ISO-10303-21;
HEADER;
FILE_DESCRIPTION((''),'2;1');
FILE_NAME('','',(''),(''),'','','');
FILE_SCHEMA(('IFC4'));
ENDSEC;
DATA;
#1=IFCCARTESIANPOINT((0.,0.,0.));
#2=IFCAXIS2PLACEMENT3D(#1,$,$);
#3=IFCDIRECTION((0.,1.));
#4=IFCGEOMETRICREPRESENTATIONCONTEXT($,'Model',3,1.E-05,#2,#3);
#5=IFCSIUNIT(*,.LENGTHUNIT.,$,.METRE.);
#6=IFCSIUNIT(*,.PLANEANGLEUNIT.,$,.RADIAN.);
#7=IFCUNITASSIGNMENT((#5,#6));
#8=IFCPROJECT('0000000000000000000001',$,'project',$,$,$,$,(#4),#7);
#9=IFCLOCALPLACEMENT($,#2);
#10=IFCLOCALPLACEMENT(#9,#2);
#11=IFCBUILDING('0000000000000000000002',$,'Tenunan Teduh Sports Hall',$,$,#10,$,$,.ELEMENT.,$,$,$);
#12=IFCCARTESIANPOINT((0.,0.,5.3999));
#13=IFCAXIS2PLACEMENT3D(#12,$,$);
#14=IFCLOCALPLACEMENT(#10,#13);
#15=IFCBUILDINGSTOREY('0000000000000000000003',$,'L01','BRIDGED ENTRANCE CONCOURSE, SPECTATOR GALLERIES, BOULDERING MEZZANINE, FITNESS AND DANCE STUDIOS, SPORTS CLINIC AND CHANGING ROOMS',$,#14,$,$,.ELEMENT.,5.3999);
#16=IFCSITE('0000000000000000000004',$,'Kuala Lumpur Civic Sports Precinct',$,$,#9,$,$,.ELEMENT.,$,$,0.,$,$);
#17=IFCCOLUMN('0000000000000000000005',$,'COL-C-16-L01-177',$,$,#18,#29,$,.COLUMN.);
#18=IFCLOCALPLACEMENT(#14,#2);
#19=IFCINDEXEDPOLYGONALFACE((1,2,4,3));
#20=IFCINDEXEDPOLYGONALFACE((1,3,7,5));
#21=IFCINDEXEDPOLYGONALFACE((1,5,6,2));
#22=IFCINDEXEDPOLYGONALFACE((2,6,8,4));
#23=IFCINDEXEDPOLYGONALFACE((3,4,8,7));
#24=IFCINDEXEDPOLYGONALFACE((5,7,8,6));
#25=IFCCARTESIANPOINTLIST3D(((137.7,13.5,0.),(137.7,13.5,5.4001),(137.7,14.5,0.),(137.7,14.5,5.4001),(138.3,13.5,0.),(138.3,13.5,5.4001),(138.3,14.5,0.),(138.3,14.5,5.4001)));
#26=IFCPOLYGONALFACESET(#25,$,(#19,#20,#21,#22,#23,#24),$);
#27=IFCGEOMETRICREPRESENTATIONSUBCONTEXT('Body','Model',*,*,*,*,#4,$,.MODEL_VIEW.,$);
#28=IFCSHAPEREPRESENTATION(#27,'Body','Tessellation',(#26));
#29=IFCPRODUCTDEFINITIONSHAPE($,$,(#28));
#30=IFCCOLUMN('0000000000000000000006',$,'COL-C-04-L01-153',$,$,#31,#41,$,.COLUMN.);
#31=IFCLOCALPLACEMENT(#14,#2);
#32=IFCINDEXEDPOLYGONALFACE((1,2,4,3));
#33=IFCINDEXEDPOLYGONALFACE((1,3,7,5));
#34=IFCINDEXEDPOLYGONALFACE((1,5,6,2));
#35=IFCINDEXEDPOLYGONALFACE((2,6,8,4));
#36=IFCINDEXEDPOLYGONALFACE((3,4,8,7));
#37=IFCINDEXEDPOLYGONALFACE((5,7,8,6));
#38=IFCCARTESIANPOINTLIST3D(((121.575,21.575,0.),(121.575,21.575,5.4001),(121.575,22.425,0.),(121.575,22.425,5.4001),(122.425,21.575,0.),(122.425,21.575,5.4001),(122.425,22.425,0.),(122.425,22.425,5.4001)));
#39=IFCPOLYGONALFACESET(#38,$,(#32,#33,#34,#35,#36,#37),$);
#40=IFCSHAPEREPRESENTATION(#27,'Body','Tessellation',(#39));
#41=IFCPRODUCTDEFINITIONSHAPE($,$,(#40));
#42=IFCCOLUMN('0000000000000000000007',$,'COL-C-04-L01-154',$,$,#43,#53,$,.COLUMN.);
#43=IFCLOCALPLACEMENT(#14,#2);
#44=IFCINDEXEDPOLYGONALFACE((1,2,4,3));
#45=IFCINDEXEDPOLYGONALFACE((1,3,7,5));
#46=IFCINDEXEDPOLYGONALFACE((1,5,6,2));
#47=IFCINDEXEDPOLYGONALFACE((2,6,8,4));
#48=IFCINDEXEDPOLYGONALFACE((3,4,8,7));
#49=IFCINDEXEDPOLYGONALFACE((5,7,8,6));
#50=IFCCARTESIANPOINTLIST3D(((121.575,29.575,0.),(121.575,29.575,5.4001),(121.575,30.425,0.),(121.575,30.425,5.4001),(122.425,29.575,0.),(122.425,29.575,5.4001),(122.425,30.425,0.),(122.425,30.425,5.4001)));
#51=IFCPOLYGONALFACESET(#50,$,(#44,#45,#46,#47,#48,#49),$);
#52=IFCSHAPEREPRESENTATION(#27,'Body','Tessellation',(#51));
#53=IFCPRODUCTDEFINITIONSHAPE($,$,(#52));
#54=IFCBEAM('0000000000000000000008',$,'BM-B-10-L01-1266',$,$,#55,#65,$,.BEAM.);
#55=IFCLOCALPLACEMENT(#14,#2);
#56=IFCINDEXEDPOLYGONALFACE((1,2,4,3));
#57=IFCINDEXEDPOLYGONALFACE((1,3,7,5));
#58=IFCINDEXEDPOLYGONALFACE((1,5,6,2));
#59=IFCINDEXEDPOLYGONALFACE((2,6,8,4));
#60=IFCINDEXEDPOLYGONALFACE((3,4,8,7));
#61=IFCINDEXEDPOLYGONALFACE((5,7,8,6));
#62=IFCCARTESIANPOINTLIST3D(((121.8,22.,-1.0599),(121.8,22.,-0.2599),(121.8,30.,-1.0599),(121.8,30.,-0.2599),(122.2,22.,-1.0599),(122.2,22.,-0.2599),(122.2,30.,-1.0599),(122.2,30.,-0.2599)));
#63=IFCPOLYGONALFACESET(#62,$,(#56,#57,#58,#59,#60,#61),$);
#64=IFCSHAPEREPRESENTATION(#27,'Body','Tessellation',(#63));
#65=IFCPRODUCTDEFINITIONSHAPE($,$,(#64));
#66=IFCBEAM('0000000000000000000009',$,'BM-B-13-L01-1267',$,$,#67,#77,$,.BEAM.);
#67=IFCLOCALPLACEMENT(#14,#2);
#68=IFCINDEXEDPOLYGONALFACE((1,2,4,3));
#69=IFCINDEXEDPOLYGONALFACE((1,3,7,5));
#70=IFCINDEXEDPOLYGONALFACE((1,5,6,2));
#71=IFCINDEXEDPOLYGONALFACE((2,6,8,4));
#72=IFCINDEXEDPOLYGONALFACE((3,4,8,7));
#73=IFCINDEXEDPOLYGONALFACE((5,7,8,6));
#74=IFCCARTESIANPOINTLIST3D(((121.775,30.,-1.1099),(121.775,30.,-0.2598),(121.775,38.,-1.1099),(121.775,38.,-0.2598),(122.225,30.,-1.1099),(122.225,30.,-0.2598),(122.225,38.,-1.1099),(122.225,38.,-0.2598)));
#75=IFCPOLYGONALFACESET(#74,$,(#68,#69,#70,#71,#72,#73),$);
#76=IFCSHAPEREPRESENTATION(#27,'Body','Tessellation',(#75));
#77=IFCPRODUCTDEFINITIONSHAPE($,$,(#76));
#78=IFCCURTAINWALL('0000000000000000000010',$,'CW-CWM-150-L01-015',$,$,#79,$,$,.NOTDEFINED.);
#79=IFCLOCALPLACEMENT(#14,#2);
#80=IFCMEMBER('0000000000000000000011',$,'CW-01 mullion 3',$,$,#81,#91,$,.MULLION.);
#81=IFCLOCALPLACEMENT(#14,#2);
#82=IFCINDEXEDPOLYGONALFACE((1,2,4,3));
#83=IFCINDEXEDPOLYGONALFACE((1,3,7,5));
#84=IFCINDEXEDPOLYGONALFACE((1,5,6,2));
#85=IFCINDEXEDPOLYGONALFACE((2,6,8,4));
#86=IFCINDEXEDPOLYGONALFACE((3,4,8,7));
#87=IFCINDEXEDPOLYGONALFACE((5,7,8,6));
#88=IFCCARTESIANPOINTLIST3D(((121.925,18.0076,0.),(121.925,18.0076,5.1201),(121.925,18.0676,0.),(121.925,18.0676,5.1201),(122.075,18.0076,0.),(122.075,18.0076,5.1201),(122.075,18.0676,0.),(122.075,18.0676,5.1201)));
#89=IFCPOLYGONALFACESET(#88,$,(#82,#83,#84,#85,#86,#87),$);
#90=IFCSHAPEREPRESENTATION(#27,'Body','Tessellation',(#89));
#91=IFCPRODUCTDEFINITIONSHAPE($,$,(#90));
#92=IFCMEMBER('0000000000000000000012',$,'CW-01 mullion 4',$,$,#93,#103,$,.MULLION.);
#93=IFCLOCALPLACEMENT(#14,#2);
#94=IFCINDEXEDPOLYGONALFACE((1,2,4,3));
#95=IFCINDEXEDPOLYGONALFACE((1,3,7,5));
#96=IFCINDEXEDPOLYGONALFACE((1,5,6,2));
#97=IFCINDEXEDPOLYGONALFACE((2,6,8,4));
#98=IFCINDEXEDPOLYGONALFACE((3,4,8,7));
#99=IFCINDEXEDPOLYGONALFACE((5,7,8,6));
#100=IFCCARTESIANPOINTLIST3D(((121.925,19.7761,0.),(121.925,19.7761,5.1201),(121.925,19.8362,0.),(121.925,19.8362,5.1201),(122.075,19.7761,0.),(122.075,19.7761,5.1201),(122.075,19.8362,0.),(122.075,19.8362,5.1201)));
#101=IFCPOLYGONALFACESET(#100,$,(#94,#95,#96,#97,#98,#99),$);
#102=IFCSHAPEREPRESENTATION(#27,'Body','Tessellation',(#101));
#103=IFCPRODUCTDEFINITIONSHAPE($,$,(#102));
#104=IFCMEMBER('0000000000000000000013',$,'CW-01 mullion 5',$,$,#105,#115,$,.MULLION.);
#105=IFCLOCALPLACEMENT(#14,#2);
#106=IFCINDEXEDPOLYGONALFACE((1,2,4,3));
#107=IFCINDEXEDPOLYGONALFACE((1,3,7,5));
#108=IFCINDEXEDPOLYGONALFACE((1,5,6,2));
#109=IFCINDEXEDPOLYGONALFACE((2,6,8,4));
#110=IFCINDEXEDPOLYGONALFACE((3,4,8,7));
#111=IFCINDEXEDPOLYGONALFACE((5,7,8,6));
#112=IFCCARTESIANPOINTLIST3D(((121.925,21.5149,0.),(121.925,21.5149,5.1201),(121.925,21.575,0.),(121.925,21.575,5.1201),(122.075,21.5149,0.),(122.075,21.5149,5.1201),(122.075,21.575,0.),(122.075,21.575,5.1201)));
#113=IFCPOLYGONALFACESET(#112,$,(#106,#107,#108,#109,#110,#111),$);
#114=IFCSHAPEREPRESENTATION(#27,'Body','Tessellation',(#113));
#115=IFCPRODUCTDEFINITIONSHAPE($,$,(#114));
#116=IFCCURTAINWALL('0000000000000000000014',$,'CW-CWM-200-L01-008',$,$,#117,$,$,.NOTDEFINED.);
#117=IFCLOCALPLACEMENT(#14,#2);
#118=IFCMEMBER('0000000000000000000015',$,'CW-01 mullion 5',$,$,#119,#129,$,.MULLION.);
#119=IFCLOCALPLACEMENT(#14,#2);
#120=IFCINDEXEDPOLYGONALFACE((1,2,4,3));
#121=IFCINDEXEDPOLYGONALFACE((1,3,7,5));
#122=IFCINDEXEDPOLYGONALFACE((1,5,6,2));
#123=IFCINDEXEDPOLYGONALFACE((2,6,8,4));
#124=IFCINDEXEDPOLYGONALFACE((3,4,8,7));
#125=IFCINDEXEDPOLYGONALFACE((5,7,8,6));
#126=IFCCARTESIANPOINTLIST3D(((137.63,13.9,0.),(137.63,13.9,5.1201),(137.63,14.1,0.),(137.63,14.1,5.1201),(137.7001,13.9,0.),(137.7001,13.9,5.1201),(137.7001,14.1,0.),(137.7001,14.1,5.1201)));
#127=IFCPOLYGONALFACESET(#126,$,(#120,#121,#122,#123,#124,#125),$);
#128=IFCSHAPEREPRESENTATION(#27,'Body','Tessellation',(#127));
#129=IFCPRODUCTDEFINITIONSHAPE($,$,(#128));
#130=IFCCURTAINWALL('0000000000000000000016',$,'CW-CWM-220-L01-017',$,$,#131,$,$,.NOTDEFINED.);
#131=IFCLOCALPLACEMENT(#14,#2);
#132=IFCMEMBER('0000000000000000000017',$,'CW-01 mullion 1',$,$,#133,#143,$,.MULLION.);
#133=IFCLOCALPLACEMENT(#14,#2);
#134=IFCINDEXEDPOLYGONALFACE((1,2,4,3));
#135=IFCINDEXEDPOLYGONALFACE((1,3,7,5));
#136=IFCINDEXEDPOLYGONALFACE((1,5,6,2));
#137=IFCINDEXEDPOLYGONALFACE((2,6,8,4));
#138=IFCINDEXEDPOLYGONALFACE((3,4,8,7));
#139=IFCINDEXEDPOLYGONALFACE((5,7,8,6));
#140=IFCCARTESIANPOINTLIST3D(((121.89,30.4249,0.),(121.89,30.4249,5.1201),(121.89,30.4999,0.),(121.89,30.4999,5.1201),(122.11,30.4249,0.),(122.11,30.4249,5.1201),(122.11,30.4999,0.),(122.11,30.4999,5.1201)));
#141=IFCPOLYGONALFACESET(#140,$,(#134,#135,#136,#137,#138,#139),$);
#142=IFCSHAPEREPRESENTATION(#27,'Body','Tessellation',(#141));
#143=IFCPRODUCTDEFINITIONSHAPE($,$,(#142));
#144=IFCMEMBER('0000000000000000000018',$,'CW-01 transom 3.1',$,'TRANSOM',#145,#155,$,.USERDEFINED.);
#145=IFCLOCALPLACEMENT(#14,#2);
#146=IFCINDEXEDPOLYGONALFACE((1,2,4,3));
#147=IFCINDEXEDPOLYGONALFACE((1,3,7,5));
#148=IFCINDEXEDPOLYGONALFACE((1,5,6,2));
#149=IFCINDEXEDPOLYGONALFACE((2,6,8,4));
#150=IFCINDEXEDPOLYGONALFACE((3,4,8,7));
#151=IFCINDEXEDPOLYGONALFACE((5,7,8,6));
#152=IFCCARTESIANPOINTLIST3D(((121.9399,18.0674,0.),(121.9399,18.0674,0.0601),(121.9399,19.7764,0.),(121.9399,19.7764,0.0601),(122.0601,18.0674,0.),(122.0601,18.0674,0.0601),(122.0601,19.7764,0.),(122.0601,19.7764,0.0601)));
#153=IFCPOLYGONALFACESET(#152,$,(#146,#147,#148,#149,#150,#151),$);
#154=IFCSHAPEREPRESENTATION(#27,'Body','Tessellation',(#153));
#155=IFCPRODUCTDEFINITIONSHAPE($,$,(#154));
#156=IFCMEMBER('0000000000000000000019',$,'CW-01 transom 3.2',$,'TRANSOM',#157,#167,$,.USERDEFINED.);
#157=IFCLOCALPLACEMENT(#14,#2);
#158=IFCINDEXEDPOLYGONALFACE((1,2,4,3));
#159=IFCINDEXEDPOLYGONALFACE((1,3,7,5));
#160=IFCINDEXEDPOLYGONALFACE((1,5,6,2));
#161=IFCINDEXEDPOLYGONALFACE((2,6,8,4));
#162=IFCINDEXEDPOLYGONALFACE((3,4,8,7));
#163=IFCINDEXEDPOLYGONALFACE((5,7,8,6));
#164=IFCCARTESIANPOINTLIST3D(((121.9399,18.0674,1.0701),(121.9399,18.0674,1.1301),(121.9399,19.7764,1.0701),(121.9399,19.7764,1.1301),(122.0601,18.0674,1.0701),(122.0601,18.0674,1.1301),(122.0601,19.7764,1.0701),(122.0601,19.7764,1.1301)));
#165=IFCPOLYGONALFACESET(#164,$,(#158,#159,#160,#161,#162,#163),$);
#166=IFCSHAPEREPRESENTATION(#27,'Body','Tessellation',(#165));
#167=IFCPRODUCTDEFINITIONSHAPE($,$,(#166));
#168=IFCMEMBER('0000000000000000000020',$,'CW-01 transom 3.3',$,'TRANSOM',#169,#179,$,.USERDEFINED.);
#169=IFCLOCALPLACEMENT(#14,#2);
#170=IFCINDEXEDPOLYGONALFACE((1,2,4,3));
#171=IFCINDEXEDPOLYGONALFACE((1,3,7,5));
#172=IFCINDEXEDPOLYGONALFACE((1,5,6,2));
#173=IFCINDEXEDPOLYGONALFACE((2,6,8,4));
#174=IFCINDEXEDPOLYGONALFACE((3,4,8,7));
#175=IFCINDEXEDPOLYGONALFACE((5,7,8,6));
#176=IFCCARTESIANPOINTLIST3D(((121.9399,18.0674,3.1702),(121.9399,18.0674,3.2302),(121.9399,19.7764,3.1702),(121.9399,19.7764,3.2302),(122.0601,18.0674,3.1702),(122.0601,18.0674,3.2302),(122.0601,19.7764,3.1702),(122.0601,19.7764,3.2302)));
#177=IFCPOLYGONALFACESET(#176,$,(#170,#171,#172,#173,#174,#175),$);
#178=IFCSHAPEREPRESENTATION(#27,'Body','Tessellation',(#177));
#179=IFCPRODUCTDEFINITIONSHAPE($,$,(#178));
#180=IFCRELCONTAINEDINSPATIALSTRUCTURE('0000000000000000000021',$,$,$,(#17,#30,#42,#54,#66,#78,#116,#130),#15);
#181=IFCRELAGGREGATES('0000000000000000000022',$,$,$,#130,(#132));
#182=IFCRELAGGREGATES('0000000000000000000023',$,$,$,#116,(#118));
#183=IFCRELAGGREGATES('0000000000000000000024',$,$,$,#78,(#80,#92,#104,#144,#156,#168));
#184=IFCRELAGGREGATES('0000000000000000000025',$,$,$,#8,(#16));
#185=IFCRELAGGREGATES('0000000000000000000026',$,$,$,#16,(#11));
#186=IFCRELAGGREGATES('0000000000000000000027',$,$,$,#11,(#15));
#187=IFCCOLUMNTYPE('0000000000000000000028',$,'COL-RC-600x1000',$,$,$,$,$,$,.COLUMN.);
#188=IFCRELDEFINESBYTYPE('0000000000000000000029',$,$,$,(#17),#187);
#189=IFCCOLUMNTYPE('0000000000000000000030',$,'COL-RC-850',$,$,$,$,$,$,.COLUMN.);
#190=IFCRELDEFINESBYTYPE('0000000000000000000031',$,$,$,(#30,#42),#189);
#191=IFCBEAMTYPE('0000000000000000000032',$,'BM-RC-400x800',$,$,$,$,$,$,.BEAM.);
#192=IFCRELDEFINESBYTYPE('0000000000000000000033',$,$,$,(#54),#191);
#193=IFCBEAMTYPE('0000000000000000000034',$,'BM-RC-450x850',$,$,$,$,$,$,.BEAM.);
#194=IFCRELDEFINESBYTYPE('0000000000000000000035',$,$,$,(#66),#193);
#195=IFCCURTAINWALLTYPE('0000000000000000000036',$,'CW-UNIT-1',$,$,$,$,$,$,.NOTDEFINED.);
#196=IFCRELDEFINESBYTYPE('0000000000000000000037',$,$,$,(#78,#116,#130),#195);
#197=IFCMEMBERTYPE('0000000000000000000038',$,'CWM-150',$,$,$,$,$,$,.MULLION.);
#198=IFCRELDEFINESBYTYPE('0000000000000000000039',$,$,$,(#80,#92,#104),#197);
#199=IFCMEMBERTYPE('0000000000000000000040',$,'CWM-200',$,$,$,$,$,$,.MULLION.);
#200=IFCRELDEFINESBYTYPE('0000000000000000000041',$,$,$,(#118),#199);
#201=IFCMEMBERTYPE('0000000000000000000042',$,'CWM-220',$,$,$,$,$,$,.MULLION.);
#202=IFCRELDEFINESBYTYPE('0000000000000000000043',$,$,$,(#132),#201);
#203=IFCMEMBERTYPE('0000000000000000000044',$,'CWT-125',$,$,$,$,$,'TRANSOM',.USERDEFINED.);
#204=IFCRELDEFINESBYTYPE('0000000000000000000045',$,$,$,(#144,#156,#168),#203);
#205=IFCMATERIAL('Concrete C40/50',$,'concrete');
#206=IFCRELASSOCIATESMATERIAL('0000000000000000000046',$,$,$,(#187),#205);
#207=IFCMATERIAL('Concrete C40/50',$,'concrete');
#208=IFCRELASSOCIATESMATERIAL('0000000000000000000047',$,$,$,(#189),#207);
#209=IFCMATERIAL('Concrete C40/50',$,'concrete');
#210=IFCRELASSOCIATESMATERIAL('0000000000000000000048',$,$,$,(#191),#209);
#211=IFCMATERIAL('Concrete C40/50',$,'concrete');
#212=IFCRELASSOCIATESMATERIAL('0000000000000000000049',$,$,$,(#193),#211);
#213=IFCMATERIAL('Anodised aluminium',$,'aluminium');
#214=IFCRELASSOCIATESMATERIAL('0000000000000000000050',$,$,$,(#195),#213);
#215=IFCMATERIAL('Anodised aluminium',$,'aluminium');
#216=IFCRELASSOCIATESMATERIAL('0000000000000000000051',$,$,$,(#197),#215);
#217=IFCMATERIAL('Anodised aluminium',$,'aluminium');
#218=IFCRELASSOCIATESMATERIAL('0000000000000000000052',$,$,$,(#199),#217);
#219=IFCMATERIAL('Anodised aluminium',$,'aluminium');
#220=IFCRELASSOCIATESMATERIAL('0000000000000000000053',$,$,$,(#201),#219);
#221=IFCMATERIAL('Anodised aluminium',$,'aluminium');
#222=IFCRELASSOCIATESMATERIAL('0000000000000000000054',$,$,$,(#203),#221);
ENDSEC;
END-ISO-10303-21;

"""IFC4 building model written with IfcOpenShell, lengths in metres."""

from ifc_helpers import new_model, si_unit, direction, frame, origin, origin_2d, place, context, subcontext, project, spatial, rectangle, extrude, material, material_profile, profile_set, type_object, element, aggregate, save


model = new_model("IFC4")

# Units and contexts
model_context = context("Model", 3, precision=1e-05, world=origin(), true_north=direction((0.0, 1.0)))
body_context = subcontext(model_context, "Body", "Model", "MODEL_VIEW")
ifc_project = project(units=[si_unit("LENGTHUNIT", "METRE"), si_unit("PLANEANGLEUNIT", "RADIAN")], contexts=[model_context])

# Site, building, storey
site_placement = place(None, origin())
site = spatial("IfcSite", under=ifc_project, at=site_placement, Name="Kuala Lumpur Civic Sports Precinct", CompositionType="ELEMENT", RefElevation=0.0)
building_placement = place(site_placement, origin())
building = spatial("IfcBuilding", under=site, at=building_placement, Name="Tenunan Teduh Sports Hall", CompositionType="ELEMENT")
storey_placement = place(building_placement, frame((0.0, 0.0, 5.3999)))
storey = spatial("IfcBuildingStorey", under=building, at=storey_placement, Name="L01", Description="BRIDGED ENTRANCE CONCOURSE, SPECTATOR GALLERIES, BOULDERING MEZZANINE, FITNESS AND DANCE STUDIOS, SPORTS CLINIC AND CHANGING ROOMS", CompositionType="ELEMENT", Elevation=5.3999)

# Columns
ifc_material_1 = material(Name="Concrete C40/50", Category="concrete")
ifc_material_profile_1 = material_profile(ifc_material_1, rectangle(XDim=0.6001, YDim=1.0, at=origin_2d()), Name="RC 600x1000")
ifc_profile_set_1 = profile_set([ifc_material_profile_1], Name="Concrete C40/50")
column_type_1 = type_object("IfcColumnType", Name="COL-RC-600x1000", PredefinedType="COLUMN", material=ifc_profile_set_1)
column_placement = place(storey_placement, frame((138.0, 14.0, 0.0), z_axis=(0.0, 0.0, 1.0), x_axis=(1.0, 0.0, 0.0)))
element("IfcColumn", 1, at=column_placement, inside=storey, type_object=column_type_1, Name="COL-C-16-L01-177", PredefinedType="COLUMN", context=body_context, shape_type="SweptSolid", body=[
    extrude(rectangle(XDim=0.6001, YDim=1.0, at=origin_2d()), origin(), (0.0, 0.0, 1.0), 5.4001),
])
ifc_material_2 = material(Name="Concrete C40/50", Category="concrete")
ifc_material_profile_2 = material_profile(ifc_material_2, rectangle(XDim=0.8501, YDim=0.8501, at=origin_2d()), Name="RC 850x850")
ifc_profile_set_2 = profile_set([ifc_material_profile_2], Name="Concrete C40/50")
column_type_2 = type_object("IfcColumnType", Name="COL-RC-850", PredefinedType="COLUMN", material=ifc_profile_set_2)
for number, where, z_axis, x_axis, name in (
    (2, (122.0, 22.0, 0.0), (0.0, 0.0, 1.0), (1.0, 0.0, 0.0), "COL-C-04-L01-153"),
    (3, (122.0, 30.0, 0.0), (0.0, 0.0, 1.0), (1.0, 0.0, 0.0), "COL-C-04-L01-154"),
):
    element("IfcColumn", number, at=place(storey_placement, frame(where, z_axis=z_axis, x_axis=x_axis)), inside=storey, type_object=column_type_2, Name=name, PredefinedType="COLUMN", context=body_context, shape_type="SweptSolid", body=[
        extrude(rectangle(XDim=0.8501, YDim=0.8501, at=origin_2d()), origin(), (0.0, 0.0, 1.0), 5.4001),
    ])

# Beams
ifc_material_3 = material(Name="Concrete C40/50", Category="concrete")
ifc_material_profile_3 = material_profile(ifc_material_3, rectangle(XDim=0.3999, YDim=0.8, at=origin_2d()), Name="RCB 400x800")
ifc_profile_set_3 = profile_set([ifc_material_profile_3], Name="Concrete C40/50")
beam_type_1 = type_object("IfcBeamType", Name="BM-RC-400x800", PredefinedType="BEAM", material=ifc_profile_set_3)
beam_1_placement = place(storey_placement, frame((122.0, 22.0, -0.6599), z_axis=(0.0, 1.0, 0.0), x_axis=(-1.0, 0.0, 0.0)))
element("IfcBeam", 4, at=beam_1_placement, inside=storey, type_object=beam_type_1, Name="BM-B-10-L01-1266", PredefinedType="BEAM", context=body_context, shape_type="SweptSolid", body=[
    extrude(rectangle(XDim=0.3999, YDim=0.8, at=origin_2d()), origin(), (0.0, 0.0, 1.0), 8.0),
])
ifc_material_4 = material(Name="Concrete C40/50", Category="concrete")
ifc_material_profile_4 = material_profile(ifc_material_4, rectangle(XDim=0.45, YDim=0.8501, at=origin_2d()), Name="RCB 450x850")
ifc_profile_set_4 = profile_set([ifc_material_profile_4], Name="Concrete C40/50")
beam_type_2 = type_object("IfcBeamType", Name="BM-RC-450x850", PredefinedType="BEAM", material=ifc_profile_set_4)
beam_2_placement = place(storey_placement, frame((122.0, 30.0, -0.6848), z_axis=(0.0, 1.0, 0.0), x_axis=(-1.0, 0.0, 0.0)))
element("IfcBeam", 5, at=beam_2_placement, inside=storey, type_object=beam_type_2, Name="BM-B-13-L01-1267", PredefinedType="BEAM", context=body_context, shape_type="SweptSolid", body=[
    extrude(rectangle(XDim=0.45, YDim=0.8501, at=origin_2d()), origin(), (0.0, 0.0, 1.0), 8.0),
])

# Curtain wall, members
ifc_material_5 = material(Name="Anodised aluminium", Category="aluminium")
curtain_wall_type = type_object("IfcCurtainWallType", Name="CW-UNIT-1", PredefinedType="NOTDEFINED", material=ifc_material_5)
curtain_wall_1_placement = place(storey_placement, origin())
curtain_wall_1 = element("IfcCurtainWall", 6, at=curtain_wall_1_placement, inside=storey, type_object=curtain_wall_type, Name="CW-CWM-150-L01-015", PredefinedType="NOTDEFINED")
ifc_material_6 = material(Name="Anodised aluminium", Category="aluminium")
ifc_material_profile_5 = material_profile(ifc_material_6, rectangle(XDim=0.0601, YDim=0.1499, at=origin_2d()), Name="CWM 60x150")
ifc_profile_set_5 = profile_set([ifc_material_profile_5], Name="Anodised aluminium")
member_type_1 = type_object("IfcMemberType", Name="CWM-150", PredefinedType="MULLION", material=ifc_profile_set_5)
member_1_placement = place(storey_placement, frame((122.0, 18.0376, 0.0), z_axis=(0.0, 0.0, 1.0), x_axis=(0.0, 1.0, 0.0)))
member_1 = element("IfcMember", 7, at=member_1_placement, type_object=member_type_1, Name="CW-01 mullion 3", PredefinedType="MULLION", context=body_context, shape_type="SweptSolid", body=[
    extrude(rectangle(XDim=0.0601, YDim=0.1499, at=origin_2d()), origin(), (0.0, 0.0, 1.0), 5.1201),
])
member_2_placement = place(storey_placement, frame((122.0, 19.8062, 0.0), z_axis=(0.0, 0.0, 1.0), x_axis=(0.0, 1.0, 0.0)))
member_2 = element("IfcMember", 8, at=member_2_placement, type_object=member_type_1, Name="CW-01 mullion 4", PredefinedType="MULLION", context=body_context, shape_type="SweptSolid", body=[
    extrude(rectangle(XDim=0.0601, YDim=0.1499, at=origin_2d()), origin(), (0.0, 0.0, 1.0), 5.1201),
])
member_3_placement = place(storey_placement, frame((122.0, 21.5449, 0.0), z_axis=(0.0, 0.0, 1.0), x_axis=(0.0, 1.0, 0.0)))
member_3 = element("IfcMember", 9, at=member_3_placement, type_object=member_type_1, Name="CW-01 mullion 5", PredefinedType="MULLION", context=body_context, shape_type="SweptSolid", body=[
    extrude(rectangle(XDim=0.0601, YDim=0.1499, at=origin_2d()), origin(), (0.0, 0.0, 1.0), 5.1201),
])

# Curtain walls, members
curtain_wall_2_placement = place(storey_placement, origin())
curtain_wall_2 = element("IfcCurtainWall", 10, at=curtain_wall_2_placement, inside=storey, type_object=curtain_wall_type, Name="CW-CWM-200-L01-008", PredefinedType="NOTDEFINED")
ifc_material_7 = material(Name="Anodised aluminium", Category="aluminium")
ifc_material_profile_6 = material_profile(ifc_material_7, rectangle(XDim=0.0701, YDim=0.2, at=origin_2d()), Name="CWM 70x200")
ifc_profile_set_6 = profile_set([ifc_material_profile_6], Name="Anodised aluminium")
member_type_2 = type_object("IfcMemberType", Name="CWM-200", PredefinedType="MULLION", material=ifc_profile_set_6)
member_4_placement = place(storey_placement, frame((137.665, 14.0, 0.0), z_axis=(0.0, 0.0, 1.0), x_axis=(1.0, 0.0, 0.0)))
member_4 = element("IfcMember", 11, at=member_4_placement, type_object=member_type_2, Name="CW-01 mullion 5", PredefinedType="MULLION", context=body_context, shape_type="SweptSolid", body=[
    extrude(rectangle(XDim=0.0701, YDim=0.2, at=origin_2d()), origin(), (0.0, 0.0, 1.0), 5.1201),
])
curtain_wall_3_placement = place(storey_placement, origin())
curtain_wall_3 = element("IfcCurtainWall", 12, at=curtain_wall_3_placement, inside=storey, type_object=curtain_wall_type, Name="CW-CWM-220-L01-017", PredefinedType="NOTDEFINED")
ifc_material_8 = material(Name="Anodised aluminium", Category="aluminium")
ifc_material_profile_7 = material_profile(ifc_material_8, rectangle(XDim=0.075, YDim=0.22, at=origin_2d()), Name="CWM 75x220")
ifc_profile_set_7 = profile_set([ifc_material_profile_7], Name="Anodised aluminium")
member_type_3 = type_object("IfcMemberType", Name="CWM-220", PredefinedType="MULLION", material=ifc_profile_set_7)
member_5_placement = place(storey_placement, frame((122.0, 30.4624, 0.0), z_axis=(0.0, 0.0, 1.0), x_axis=(0.0, 1.0, 0.0)))
member_5 = element("IfcMember", 13, at=member_5_placement, type_object=member_type_3, Name="CW-01 mullion 1", PredefinedType="MULLION", context=body_context, shape_type="SweptSolid", body=[
    extrude(rectangle(XDim=0.075, YDim=0.22, at=origin_2d()), origin(), (0.0, 0.0, 1.0), 5.1201),
])

# Members
ifc_material_9 = material(Name="Anodised aluminium", Category="aluminium")
ifc_material_profile_8 = material_profile(ifc_material_9, rectangle(XDim=0.0601, YDim=0.1201, at=origin_2d()), Name="CWT 60x120")
ifc_profile_set_8 = profile_set([ifc_material_profile_8], Name="Anodised aluminium")
member_type_4 = type_object("IfcMemberType", Name="CWT-125", ElementType="TRANSOM", PredefinedType="USERDEFINED", material=ifc_profile_set_8)
member_6_placement = place(storey_placement, frame((122.0, 18.0674, 0.03), z_axis=(0.0, 1.0, 0.0), x_axis=(0.0, 0.0, 1.0)))
member_6 = element("IfcMember", 14, at=member_6_placement, type_object=member_type_4, Name="CW-01 transom 3.1", ObjectType="TRANSOM", PredefinedType="USERDEFINED", context=body_context, shape_type="SweptSolid", body=[
    extrude(rectangle(XDim=0.0601, YDim=0.1201, at=origin_2d()), origin(), (0.0, 0.0, 1.0), 1.709),
])
member_7_placement = place(storey_placement, frame((122.0, 18.0674, 1.1001), z_axis=(0.0, 1.0, 0.0), x_axis=(0.0, 0.0, 1.0)))
member_7 = element("IfcMember", 15, at=member_7_placement, type_object=member_type_4, Name="CW-01 transom 3.2", ObjectType="TRANSOM", PredefinedType="USERDEFINED", context=body_context, shape_type="SweptSolid", body=[
    extrude(rectangle(XDim=0.0601, YDim=0.1201, at=origin_2d()), origin(), (0.0, 0.0, 1.0), 1.709),
])
member_8_placement = place(storey_placement, frame((122.0, 18.0674, 3.2002), z_axis=(0.0, 1.0, 0.0), x_axis=(0.0, 0.0, 1.0)))
member_8 = element("IfcMember", 16, at=member_8_placement, type_object=member_type_4, Name="CW-01 transom 3.3", ObjectType="TRANSOM", PredefinedType="USERDEFINED", context=body_context, shape_type="SweptSolid", body=[
    extrude(rectangle(XDim=0.0601, YDim=0.1201, at=origin_2d()), origin(), (0.0, 0.0, 1.0), 1.709),
])
aggregate(curtain_wall_3, [member_5])

aggregate(curtain_wall_2, [member_4])
aggregate(curtain_wall_1, [member_1, member_2, member_3, member_6, member_7, member_8])

save(model, "model.ifc")
